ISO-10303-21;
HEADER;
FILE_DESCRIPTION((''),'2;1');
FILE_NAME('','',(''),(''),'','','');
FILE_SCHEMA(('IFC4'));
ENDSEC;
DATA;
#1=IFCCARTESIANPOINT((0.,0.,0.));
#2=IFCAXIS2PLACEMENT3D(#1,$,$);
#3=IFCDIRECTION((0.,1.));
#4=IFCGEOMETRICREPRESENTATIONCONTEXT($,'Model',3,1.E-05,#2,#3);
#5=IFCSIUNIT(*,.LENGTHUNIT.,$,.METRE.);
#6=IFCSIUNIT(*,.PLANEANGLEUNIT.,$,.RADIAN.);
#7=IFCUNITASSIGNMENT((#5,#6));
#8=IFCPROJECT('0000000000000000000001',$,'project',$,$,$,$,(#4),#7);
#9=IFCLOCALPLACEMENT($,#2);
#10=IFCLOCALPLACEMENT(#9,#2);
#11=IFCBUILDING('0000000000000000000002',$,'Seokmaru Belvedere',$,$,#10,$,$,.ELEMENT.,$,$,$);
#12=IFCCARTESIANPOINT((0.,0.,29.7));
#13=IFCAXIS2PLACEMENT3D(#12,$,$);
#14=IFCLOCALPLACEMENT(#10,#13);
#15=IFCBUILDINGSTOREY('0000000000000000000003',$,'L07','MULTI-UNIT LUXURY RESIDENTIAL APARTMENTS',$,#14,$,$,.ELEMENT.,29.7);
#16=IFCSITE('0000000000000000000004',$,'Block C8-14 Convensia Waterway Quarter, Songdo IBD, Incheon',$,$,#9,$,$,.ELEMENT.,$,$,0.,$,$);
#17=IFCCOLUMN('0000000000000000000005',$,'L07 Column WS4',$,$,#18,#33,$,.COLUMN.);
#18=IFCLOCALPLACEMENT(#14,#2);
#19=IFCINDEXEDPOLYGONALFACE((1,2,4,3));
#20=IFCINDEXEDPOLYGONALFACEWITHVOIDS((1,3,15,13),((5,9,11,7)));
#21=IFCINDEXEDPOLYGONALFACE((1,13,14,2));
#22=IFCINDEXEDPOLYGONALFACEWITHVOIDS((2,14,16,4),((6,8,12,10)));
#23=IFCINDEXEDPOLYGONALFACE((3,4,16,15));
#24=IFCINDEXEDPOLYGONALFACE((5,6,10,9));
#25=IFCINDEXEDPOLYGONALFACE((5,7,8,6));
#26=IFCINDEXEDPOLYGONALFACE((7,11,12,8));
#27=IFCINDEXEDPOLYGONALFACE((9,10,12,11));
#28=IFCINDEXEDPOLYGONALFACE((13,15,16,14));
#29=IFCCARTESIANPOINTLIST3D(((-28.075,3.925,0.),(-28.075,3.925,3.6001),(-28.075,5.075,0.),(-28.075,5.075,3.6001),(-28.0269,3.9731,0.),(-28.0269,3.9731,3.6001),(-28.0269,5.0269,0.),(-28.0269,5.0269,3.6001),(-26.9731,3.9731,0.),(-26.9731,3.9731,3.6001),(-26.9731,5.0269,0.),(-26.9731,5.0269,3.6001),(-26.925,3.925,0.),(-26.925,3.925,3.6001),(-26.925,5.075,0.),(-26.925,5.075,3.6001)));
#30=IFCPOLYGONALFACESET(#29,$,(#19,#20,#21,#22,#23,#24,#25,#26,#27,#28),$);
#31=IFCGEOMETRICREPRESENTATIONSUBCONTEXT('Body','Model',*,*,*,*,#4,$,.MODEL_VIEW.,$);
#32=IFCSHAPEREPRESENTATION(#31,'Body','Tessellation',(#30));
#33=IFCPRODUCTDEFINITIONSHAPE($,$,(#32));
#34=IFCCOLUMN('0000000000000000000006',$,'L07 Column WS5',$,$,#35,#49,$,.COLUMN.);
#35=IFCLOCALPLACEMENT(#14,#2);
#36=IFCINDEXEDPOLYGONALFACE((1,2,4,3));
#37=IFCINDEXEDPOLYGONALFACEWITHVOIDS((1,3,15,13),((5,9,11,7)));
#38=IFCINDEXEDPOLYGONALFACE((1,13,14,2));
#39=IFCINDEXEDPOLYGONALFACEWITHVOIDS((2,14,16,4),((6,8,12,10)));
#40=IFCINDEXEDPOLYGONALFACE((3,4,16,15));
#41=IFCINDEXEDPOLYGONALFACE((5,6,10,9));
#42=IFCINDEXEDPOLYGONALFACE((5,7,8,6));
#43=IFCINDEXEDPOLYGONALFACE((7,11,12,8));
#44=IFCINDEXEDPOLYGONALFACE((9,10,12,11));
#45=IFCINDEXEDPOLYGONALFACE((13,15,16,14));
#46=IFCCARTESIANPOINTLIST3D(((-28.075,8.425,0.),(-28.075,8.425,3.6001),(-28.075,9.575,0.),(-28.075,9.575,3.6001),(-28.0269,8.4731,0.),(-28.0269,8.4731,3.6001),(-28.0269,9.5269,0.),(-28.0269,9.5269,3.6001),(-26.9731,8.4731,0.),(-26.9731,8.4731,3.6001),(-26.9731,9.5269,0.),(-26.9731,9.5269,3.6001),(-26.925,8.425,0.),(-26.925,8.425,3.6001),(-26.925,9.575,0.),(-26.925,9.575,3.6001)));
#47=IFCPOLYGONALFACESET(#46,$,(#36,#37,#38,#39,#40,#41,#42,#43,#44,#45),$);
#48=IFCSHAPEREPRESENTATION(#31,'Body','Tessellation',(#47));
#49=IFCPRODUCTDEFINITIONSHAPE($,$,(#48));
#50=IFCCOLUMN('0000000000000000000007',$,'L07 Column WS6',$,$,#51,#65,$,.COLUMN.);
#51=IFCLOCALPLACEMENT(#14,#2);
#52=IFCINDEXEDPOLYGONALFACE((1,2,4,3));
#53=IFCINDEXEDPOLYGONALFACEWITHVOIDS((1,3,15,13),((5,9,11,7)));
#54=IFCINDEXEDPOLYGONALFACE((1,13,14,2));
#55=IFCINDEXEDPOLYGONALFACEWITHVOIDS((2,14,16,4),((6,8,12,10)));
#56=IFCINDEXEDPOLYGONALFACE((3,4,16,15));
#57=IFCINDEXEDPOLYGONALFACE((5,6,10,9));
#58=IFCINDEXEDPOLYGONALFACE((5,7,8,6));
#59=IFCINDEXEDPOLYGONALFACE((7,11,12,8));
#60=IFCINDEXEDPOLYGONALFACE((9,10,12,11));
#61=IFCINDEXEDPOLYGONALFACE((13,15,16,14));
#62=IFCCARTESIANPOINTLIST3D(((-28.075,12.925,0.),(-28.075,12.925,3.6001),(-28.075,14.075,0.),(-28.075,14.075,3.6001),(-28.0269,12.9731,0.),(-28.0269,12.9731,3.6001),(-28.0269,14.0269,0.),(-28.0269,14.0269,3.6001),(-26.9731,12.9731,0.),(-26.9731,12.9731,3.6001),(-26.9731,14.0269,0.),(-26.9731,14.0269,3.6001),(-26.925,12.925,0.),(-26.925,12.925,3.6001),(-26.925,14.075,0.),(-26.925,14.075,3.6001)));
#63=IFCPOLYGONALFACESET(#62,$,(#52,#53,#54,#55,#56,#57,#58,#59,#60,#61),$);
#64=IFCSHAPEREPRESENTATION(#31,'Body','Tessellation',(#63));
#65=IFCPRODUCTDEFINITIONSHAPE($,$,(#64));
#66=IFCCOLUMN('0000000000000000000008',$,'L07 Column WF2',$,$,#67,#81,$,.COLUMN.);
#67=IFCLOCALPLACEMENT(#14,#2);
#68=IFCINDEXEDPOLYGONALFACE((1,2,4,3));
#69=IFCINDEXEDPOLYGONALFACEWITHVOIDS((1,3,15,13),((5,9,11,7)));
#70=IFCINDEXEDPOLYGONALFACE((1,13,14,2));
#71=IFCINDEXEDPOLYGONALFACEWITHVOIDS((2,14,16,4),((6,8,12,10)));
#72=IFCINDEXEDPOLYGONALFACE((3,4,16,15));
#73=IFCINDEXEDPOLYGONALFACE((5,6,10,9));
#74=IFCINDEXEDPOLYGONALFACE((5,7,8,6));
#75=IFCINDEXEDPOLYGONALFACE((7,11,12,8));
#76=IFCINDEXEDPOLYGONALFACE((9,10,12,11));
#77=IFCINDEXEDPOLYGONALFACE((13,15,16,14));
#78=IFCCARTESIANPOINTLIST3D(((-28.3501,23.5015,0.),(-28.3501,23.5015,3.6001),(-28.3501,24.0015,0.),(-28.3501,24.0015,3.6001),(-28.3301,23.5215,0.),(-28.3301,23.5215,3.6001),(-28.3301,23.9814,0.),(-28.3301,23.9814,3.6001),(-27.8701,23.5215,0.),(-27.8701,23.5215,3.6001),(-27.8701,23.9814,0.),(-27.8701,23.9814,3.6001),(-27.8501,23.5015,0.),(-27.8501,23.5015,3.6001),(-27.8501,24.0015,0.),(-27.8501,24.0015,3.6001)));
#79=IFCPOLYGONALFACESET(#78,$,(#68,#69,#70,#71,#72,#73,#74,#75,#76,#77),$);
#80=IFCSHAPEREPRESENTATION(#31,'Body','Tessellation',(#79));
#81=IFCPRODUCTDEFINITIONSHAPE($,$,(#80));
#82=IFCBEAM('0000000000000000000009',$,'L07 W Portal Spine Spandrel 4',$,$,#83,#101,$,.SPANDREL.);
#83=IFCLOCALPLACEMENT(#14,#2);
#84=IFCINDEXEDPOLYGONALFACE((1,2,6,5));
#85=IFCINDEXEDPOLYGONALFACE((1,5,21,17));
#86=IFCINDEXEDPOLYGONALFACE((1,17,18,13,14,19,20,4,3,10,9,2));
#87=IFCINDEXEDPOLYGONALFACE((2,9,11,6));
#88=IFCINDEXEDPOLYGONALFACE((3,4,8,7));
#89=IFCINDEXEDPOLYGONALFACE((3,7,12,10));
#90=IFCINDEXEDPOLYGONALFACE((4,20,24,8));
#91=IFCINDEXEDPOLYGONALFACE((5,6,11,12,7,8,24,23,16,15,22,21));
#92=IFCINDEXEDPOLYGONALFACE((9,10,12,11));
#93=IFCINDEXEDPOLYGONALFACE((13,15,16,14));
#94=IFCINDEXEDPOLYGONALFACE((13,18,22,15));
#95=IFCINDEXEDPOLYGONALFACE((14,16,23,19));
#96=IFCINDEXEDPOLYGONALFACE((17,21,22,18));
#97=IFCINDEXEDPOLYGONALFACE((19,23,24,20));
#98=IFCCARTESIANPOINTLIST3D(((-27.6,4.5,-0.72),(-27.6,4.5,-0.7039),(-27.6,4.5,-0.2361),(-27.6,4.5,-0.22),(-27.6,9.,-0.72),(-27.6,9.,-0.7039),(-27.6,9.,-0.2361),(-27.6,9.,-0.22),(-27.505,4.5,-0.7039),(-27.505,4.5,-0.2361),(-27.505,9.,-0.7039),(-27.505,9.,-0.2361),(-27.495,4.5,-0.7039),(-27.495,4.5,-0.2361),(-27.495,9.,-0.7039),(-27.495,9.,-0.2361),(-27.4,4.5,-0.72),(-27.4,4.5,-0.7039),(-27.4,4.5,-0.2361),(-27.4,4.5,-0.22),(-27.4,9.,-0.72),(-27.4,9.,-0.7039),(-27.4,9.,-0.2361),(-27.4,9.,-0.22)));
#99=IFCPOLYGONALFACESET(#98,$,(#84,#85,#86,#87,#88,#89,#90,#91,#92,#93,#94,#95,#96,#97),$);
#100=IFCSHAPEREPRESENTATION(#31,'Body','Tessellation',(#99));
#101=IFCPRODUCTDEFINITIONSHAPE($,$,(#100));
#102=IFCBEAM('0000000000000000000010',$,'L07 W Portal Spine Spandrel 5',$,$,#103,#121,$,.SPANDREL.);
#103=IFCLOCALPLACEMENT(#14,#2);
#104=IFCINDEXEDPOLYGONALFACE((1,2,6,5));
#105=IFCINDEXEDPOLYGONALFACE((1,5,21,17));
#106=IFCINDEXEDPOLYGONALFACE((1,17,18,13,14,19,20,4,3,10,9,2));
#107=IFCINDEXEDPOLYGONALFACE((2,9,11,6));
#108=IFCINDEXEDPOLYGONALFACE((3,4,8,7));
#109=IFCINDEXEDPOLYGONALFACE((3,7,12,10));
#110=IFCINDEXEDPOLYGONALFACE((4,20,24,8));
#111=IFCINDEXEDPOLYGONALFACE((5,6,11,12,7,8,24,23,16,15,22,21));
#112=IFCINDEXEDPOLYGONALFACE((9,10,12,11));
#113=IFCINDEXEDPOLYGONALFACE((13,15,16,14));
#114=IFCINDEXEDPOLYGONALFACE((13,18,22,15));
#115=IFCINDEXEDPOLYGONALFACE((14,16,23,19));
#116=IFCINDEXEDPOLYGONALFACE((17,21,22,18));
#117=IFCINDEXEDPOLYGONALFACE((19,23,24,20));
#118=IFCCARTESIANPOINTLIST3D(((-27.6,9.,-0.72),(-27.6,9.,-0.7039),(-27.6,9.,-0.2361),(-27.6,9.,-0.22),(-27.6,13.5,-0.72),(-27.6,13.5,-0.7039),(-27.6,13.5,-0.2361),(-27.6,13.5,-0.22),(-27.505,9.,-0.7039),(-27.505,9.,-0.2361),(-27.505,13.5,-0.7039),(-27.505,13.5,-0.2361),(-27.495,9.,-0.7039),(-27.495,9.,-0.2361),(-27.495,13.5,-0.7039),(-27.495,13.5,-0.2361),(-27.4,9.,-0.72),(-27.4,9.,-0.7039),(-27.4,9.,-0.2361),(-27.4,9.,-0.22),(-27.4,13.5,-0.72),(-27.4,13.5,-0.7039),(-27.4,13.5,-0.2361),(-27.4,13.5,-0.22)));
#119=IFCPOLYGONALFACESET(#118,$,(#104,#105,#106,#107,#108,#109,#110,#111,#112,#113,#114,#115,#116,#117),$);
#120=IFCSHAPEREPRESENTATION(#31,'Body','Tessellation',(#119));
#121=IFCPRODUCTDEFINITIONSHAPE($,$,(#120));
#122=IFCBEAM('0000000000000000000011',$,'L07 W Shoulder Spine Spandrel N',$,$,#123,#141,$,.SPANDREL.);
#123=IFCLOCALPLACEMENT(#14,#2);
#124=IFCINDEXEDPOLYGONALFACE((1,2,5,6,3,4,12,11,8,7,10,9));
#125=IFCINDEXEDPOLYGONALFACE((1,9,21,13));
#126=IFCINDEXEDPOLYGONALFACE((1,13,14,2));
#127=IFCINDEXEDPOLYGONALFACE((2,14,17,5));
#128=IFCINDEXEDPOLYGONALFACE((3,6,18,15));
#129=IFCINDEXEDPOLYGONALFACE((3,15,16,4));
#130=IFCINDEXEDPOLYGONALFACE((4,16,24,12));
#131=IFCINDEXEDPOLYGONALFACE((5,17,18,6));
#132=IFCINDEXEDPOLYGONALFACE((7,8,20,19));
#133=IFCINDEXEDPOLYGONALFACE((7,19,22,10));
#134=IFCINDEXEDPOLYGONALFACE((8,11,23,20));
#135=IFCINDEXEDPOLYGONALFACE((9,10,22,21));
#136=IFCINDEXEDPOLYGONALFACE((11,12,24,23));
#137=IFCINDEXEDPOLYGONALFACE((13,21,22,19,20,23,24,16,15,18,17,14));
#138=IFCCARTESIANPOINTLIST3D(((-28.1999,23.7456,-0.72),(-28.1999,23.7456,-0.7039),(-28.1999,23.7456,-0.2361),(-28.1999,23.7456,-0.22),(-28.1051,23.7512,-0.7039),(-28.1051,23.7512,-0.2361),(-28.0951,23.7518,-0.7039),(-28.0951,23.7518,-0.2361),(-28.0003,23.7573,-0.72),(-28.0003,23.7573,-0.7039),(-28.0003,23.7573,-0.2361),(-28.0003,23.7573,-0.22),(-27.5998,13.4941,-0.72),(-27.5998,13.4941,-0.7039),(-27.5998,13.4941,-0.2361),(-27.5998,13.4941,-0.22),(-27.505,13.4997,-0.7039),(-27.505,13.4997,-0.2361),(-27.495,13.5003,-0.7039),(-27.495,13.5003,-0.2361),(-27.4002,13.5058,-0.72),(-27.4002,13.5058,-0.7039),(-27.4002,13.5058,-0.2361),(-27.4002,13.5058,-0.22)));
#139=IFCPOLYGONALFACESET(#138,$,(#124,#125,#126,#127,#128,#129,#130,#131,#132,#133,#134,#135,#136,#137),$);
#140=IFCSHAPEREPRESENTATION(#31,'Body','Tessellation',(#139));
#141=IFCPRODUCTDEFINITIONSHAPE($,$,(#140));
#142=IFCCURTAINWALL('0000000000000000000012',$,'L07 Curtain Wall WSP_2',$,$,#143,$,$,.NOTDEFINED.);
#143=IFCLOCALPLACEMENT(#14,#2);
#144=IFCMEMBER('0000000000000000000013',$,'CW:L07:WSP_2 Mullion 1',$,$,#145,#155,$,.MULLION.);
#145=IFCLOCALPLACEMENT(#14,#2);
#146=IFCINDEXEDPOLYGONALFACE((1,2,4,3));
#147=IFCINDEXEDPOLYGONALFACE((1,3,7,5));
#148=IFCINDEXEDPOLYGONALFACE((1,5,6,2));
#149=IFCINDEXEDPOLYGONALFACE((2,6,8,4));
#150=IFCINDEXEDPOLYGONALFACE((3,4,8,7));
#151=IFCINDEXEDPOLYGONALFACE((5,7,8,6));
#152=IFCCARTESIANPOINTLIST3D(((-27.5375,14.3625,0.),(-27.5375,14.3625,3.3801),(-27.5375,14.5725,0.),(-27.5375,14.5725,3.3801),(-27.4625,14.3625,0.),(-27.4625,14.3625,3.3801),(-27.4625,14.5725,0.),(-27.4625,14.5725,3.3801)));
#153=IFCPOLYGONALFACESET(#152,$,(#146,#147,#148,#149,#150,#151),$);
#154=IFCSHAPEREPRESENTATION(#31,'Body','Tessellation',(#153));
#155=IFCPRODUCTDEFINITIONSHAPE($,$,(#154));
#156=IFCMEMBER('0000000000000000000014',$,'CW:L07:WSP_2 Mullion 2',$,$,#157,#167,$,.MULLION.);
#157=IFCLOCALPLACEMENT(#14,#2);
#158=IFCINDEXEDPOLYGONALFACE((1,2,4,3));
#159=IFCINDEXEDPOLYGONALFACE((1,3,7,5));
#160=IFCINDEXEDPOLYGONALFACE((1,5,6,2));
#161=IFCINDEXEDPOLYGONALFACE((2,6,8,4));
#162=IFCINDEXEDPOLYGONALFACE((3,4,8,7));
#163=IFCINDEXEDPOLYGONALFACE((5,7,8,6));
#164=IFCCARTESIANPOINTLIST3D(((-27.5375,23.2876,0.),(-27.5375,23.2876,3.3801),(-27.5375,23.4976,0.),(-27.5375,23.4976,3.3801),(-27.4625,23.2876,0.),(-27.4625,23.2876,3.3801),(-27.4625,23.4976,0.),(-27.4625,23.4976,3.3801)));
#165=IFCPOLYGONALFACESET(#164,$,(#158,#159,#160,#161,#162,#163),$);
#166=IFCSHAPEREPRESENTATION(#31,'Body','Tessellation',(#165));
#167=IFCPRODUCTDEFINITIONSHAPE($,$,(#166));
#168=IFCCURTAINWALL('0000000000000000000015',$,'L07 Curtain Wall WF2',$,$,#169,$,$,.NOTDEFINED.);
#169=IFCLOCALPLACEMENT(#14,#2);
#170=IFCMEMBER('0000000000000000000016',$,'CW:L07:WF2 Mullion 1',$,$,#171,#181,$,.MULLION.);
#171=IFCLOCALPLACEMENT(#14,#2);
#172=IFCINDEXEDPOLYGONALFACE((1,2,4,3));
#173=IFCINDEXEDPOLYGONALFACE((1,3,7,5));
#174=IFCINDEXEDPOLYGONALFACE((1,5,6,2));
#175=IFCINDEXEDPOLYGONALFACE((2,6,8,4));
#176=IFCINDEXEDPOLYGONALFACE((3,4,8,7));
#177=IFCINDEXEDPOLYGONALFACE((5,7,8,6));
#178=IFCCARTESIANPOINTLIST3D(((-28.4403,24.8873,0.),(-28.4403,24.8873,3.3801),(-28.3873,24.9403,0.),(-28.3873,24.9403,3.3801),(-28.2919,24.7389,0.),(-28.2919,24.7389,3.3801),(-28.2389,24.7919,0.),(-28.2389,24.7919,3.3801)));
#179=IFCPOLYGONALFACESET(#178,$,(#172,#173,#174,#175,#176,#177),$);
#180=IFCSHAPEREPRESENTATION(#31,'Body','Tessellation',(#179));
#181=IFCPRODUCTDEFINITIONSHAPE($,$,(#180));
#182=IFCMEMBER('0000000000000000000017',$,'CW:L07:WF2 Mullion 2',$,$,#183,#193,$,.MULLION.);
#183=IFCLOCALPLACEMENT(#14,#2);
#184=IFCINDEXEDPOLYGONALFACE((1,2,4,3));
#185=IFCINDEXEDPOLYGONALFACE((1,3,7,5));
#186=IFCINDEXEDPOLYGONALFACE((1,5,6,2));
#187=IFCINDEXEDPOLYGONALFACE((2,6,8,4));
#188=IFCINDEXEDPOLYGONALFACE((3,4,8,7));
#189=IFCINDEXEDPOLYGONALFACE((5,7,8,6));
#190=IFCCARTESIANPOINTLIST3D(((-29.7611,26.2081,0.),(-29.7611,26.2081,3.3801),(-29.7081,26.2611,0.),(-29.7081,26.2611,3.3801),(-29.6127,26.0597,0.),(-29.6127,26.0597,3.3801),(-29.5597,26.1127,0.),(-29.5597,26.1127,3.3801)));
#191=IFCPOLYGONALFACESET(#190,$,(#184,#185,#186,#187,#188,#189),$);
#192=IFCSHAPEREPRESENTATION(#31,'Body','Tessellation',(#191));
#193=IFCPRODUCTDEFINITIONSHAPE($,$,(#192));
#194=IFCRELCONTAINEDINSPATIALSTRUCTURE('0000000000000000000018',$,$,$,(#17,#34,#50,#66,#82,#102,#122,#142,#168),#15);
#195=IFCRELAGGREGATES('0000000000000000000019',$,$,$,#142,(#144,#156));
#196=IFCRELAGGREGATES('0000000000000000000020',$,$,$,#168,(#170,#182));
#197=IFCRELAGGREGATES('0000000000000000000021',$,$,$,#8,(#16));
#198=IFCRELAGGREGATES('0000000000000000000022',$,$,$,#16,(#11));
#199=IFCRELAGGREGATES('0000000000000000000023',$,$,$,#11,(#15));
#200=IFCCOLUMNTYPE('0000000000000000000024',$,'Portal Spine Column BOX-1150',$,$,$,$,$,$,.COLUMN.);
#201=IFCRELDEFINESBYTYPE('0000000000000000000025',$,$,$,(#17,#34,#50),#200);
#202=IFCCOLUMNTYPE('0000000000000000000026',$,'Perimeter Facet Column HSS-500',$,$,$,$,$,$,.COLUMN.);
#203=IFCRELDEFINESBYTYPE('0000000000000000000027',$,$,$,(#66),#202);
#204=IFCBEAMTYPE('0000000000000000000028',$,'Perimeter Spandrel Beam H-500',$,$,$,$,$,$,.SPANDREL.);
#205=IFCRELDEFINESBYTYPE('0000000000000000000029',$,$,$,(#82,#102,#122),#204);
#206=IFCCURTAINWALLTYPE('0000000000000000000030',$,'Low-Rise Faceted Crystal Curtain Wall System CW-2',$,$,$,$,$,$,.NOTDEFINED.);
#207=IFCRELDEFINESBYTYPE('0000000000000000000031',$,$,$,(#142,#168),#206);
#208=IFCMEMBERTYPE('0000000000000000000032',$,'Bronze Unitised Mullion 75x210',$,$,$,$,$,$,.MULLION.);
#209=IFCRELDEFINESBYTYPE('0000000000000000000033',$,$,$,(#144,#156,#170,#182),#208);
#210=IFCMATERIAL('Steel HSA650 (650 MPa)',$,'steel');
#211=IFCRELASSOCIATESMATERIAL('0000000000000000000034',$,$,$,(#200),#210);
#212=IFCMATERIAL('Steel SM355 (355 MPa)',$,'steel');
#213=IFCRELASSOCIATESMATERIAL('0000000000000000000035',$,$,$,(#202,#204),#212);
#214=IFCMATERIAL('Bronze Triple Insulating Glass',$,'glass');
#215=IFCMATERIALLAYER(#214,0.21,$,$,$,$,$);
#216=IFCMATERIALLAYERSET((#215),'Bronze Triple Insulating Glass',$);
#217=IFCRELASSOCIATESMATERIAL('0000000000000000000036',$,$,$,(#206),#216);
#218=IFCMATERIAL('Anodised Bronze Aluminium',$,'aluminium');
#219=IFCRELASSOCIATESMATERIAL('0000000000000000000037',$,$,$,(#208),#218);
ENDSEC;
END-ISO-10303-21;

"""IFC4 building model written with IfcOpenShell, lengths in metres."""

from ifc_helpers import new_model, si_unit, direction, frame, origin, origin_2d, place, context, subcontext, project, spatial, rectangle, hollow_rectangle, i_section, extrude, source, transform, mapped, material, layer, layer_set, material_profile, profile_set, type_object, type_shapes, element, aggregate, save


model = new_model("IFC4")

# Units and contexts
model_context = context("Model", 3, precision=1e-05, world=origin(), true_north=direction((0.0, 1.0)))
body_context = subcontext(model_context, "Body", "Model", "MODEL_VIEW")
ifc_project = project(units=[si_unit("LENGTHUNIT", "METRE"), si_unit("PLANEANGLEUNIT", "RADIAN")], contexts=[model_context])

# Site, building, storey
site_placement = place(None, origin())
site = spatial("IfcSite", under=ifc_project, at=site_placement, Name="Block C8-14 Convensia Waterway Quarter, Songdo IBD, Incheon", CompositionType="ELEMENT", RefElevation=0.0)
building_placement = place(site_placement, origin())
building = spatial("IfcBuilding", under=site, at=building_placement, Name="Seokmaru Belvedere", CompositionType="ELEMENT")
storey_placement = place(building_placement, frame((0.0, 0.0, 29.7)))
storey = spatial("IfcBuildingStorey", under=building, at=storey_placement, Name="L07", Description="MULTI-UNIT LUXURY RESIDENTIAL APARTMENTS", CompositionType="ELEMENT", Elevation=29.7)

# Columns
ifc_material_1 = material(Name="Steel HSA650 (650 MPa)", Category="steel")
ifc_material_profile_1 = material_profile(ifc_material_1, hollow_rectangle(XDim=1.1499, YDim=1.1499, WallThickness=0.0481, at=origin_2d()), Name="BOX-1150x1150x48")
ifc_profile_set_1 = profile_set([ifc_material_profile_1], Name="Steel HSA650 (650 MPa)")
column_type_1 = type_object("IfcColumnType", Name="Portal Spine Column BOX-1150", PredefinedType="COLUMN", material=ifc_profile_set_1)
shared_shape_1 = source(origin(), body_context, "Body", "SweptSolid", [
    extrude(hollow_rectangle(XDim=1.1499, YDim=1.1499, WallThickness=0.0481, at=origin_2d()), origin(), (0.0, 0.0, 1.0), 3.6001),
])
type_shapes(column_type_1, [shared_shape_1])
for number, where, z_axis, x_axis, name in (
    (1, (-27.5, 4.5, 0.0), (0.0, 0.0, 1.0), (1.0, 0.0, 0.0), "L07 Column WS4"),
    (2, (-27.5, 9.0, 0.0), (0.0, 0.0, 1.0), (1.0, 0.0, 0.0), "L07 Column WS5"),
    (3, (-27.5, 13.5, 0.0), (0.0, 0.0, 1.0), (1.0, 0.0, 0.0), "L07 Column WS6"),
):
    element("IfcColumn", number, at=place(storey_placement, frame(where, z_axis=z_axis, x_axis=x_axis)), inside=storey, type_object=column_type_1, Name=name, PredefinedType="COLUMN", context=body_context, shape_type="MappedRepresentation", body=[
        mapped(shared_shape_1, transform((0.0, 0.0, 0.0), scale=1.0)),
    ])
ifc_material_2 = material(Name="Steel SM355 (355 MPa)", Category="steel")
ifc_material_profile_2 = material_profile(ifc_material_2, hollow_rectangle(XDim=0.5, YDim=0.5, WallThickness=0.02, at=origin_2d()), Name="HSS-500x500x20")
ifc_profile_set_2 = profile_set([ifc_material_profile_2], Name="Steel SM355 (355 MPa)")
column_type_2 = type_object("IfcColumnType", Name="Perimeter Facet Column HSS-500", PredefinedType="COLUMN", material=ifc_profile_set_2)
shared_shape_2 = source(origin(), body_context, "Body", "SweptSolid", [
    extrude(hollow_rectangle(XDim=0.5, YDim=0.5, WallThickness=0.02, at=origin_2d()), origin(), (0.0, 0.0, 1.0), 3.6001),
])
type_shapes(column_type_2, [shared_shape_2])
column_placement = place(storey_placement, frame((-28.1001, 23.7515, 0.0), z_axis=(0.0, 0.0, 1.0), x_axis=(1.0, 0.0, 0.0)))
element("IfcColumn", 4, at=column_placement, inside=storey, type_object=column_type_2, Name="L07 Column WF2", PredefinedType="COLUMN", context=body_context, shape_type="MappedRepresentation", body=[
    mapped(shared_shape_2, transform((0.0, 0.0, 0.0), scale=1.0)),
])

# Beams
ifc_material_profile_3 = material_profile(ifc_material_2, i_section(OverallWidth=0.2, OverallDepth=0.5, WebThickness=0.01, FlangeThickness=0.0161, at=origin_2d()), Name="H-500x200x10x16")
ifc_profile_set_3 = profile_set([ifc_material_profile_3], Name="Steel SM355 (355 MPa)")
beam_type = type_object("IfcBeamType", Name="Perimeter Spandrel Beam H-500", PredefinedType="SPANDREL", material=ifc_profile_set_3)
shared_shape_3 = source(origin(), body_context, "Body", "SweptSolid", [
    extrude(i_section(OverallWidth=0.2, OverallDepth=0.5, WebThickness=0.01, FlangeThickness=0.0161, at=origin_2d()), origin(), (0.0, 0.0, 1.0), 4.5),
])
for number, where, z_axis, x_axis, name in (
    (5, (-27.5, 4.5, -0.47), (0.0, 1.0, 0.0), (-1.0, 0.0, 0.0), "L07 W Portal Spine Spandrel 4"),
    (6, (-27.5, 9.0, -0.47), (0.0, 1.0, 0.0), (-1.0, 0.0, 0.0), "L07 W Portal Spine Spandrel 5"),
):
    element("IfcBeam", number, at=place(storey_placement, frame(where, z_axis=z_axis, x_axis=x_axis)), inside=storey, type_object=beam_type, Name=name, PredefinedType="SPANDREL", context=body_context, shape_type="MappedRepresentation", body=[
        mapped(shared_shape_3, transform((0.0, 0.0, 0.0), scale=1.0)),
    ])
shared_shape_4 = source(origin(), body_context, "Body", "SweptSolid", [
    extrude(i_section(OverallWidth=0.2, OverallDepth=0.5, WebThickness=0.01, FlangeThickness=0.0161, at=origin_2d()), origin(), (0.0, 0.0, 1.0), 10.269),
])
type_shapes(beam_type, [shared_shape_3, shared_shape_4])
beam_placement = place(storey_placement, frame((-28.1001, 23.7515, -0.47), z_axis=(0.058438, -0.998291, 0.0), x_axis=(0.998291, 0.058438, 0.0)))
element("IfcBeam", 7, at=beam_placement, inside=storey, type_object=beam_type, Name="L07 W Shoulder Spine Spandrel N", PredefinedType="SPANDREL", context=body_context, shape_type="MappedRepresentation", body=[
    mapped(shared_shape_4, transform((0.0, 0.0, 0.0), scale=1.0)),
])

# Curtain walls, members
ifc_material_3 = material(Name="Bronze Triple Insulating Glass", Category="glass")
ifc_layer_1 = layer(ifc_material_3, 0.21)
ifc_layer_set_1 = layer_set([ifc_layer_1], Name="Bronze Triple Insulating Glass")
curtain_wall_type = type_object("IfcCurtainWallType", Name="Low-Rise Faceted Crystal Curtain Wall System CW-2", PredefinedType="NOTDEFINED", material=ifc_layer_set_1)
curtain_wall_1_placement = place(storey_placement, origin())
curtain_wall_1 = element("IfcCurtainWall", 8, at=curtain_wall_1_placement, inside=storey, type_object=curtain_wall_type, Name="L07 Curtain Wall WSP_2", PredefinedType="NOTDEFINED")
ifc_material_4 = material(Name="Anodised Bronze Aluminium", Category="aluminium")
ifc_material_profile_4 = material_profile(ifc_material_4, rectangle(XDim=0.075, YDim=0.21, at=origin_2d()), Name="CW-M-75x210")
ifc_profile_set_4 = profile_set([ifc_material_profile_4], Name="Anodised Bronze Aluminium")
member_type_1 = type_object("IfcMemberType", Name="Bronze Unitised Mullion 75x210", PredefinedType="MULLION", material=ifc_profile_set_4)
shared_shape_5 = source(origin(), body_context, "Body", "SweptSolid", [
    extrude(rectangle(XDim=0.075, YDim=0.21, at=origin_2d()), origin(), (0.0, 0.0, 1.0), 3.3801),
])
type_shapes(member_type_1, [shared_shape_5])
member_1_placement = place(storey_placement, frame((-27.5, 14.4675, 0.0), z_axis=(0.0, 0.0, 1.0), x_axis=(-1.0, 0.0, 0.0)))
member_1 = element("IfcMember", 9, at=member_1_placement, type_object=member_type_1, Name="CW:L07:WSP_2 Mullion 1", PredefinedType="MULLION", context=body_context, shape_type="MappedRepresentation", body=[
    mapped(shared_shape_5, transform((0.0, 0.0, 0.0), scale=1.0)),
])
member_2_placement = place(storey_placement, frame((-27.5, 23.3926, 0.0), z_axis=(0.0, 0.0, 1.0), x_axis=(-1.0, 0.0, 0.0)))
member_2 = element("IfcMember", 10, at=member_2_placement, type_object=member_type_1, Name="CW:L07:WSP_2 Mullion 2", PredefinedType="MULLION", context=body_context, shape_type="MappedRepresentation", body=[
    mapped(shared_shape_5, transform((0.0, 0.0, 0.0), scale=1.0)),
])
curtain_wall_2_placement = place(storey_placement, origin())
curtain_wall_2 = element("IfcCurtainWall", 11, at=curtain_wall_2_placement, inside=storey, type_object=curtain_wall_type, Name="L07 Curtain Wall WF2", PredefinedType="NOTDEFINED")
member_3_placement = place(storey_placement, frame((-28.3396, 24.8396, 0.0), z_axis=(0.0, 0.0, 1.0), x_axis=(-0.707107, -0.707107, 0.0)))
member_3 = element("IfcMember", 12, at=member_3_placement, type_object=member_type_1, Name="CW:L07:WF2 Mullion 1", PredefinedType="MULLION", context=body_context, shape_type="MappedRepresentation", body=[
    mapped(shared_shape_5, transform((0.0, 0.0, 0.0), scale=1.0)),
])
member_4_placement = place(storey_placement, frame((-29.6604, 26.1604, 0.0), z_axis=(0.0, 0.0, 1.0), x_axis=(-0.707107, -0.707107, 0.0)))
member_4 = element("IfcMember", 13, at=member_4_placement, type_object=member_type_1, Name="CW:L07:WF2 Mullion 2", PredefinedType="MULLION", context=body_context, shape_type="MappedRepresentation", body=[
    mapped(shared_shape_5, transform((0.0, 0.0, 0.0), scale=1.0)),
])

aggregate(curtain_wall_1, [member_1, member_2])
aggregate(curtain_wall_2, [member_3, member_4])

save(model, "model.ifc")
